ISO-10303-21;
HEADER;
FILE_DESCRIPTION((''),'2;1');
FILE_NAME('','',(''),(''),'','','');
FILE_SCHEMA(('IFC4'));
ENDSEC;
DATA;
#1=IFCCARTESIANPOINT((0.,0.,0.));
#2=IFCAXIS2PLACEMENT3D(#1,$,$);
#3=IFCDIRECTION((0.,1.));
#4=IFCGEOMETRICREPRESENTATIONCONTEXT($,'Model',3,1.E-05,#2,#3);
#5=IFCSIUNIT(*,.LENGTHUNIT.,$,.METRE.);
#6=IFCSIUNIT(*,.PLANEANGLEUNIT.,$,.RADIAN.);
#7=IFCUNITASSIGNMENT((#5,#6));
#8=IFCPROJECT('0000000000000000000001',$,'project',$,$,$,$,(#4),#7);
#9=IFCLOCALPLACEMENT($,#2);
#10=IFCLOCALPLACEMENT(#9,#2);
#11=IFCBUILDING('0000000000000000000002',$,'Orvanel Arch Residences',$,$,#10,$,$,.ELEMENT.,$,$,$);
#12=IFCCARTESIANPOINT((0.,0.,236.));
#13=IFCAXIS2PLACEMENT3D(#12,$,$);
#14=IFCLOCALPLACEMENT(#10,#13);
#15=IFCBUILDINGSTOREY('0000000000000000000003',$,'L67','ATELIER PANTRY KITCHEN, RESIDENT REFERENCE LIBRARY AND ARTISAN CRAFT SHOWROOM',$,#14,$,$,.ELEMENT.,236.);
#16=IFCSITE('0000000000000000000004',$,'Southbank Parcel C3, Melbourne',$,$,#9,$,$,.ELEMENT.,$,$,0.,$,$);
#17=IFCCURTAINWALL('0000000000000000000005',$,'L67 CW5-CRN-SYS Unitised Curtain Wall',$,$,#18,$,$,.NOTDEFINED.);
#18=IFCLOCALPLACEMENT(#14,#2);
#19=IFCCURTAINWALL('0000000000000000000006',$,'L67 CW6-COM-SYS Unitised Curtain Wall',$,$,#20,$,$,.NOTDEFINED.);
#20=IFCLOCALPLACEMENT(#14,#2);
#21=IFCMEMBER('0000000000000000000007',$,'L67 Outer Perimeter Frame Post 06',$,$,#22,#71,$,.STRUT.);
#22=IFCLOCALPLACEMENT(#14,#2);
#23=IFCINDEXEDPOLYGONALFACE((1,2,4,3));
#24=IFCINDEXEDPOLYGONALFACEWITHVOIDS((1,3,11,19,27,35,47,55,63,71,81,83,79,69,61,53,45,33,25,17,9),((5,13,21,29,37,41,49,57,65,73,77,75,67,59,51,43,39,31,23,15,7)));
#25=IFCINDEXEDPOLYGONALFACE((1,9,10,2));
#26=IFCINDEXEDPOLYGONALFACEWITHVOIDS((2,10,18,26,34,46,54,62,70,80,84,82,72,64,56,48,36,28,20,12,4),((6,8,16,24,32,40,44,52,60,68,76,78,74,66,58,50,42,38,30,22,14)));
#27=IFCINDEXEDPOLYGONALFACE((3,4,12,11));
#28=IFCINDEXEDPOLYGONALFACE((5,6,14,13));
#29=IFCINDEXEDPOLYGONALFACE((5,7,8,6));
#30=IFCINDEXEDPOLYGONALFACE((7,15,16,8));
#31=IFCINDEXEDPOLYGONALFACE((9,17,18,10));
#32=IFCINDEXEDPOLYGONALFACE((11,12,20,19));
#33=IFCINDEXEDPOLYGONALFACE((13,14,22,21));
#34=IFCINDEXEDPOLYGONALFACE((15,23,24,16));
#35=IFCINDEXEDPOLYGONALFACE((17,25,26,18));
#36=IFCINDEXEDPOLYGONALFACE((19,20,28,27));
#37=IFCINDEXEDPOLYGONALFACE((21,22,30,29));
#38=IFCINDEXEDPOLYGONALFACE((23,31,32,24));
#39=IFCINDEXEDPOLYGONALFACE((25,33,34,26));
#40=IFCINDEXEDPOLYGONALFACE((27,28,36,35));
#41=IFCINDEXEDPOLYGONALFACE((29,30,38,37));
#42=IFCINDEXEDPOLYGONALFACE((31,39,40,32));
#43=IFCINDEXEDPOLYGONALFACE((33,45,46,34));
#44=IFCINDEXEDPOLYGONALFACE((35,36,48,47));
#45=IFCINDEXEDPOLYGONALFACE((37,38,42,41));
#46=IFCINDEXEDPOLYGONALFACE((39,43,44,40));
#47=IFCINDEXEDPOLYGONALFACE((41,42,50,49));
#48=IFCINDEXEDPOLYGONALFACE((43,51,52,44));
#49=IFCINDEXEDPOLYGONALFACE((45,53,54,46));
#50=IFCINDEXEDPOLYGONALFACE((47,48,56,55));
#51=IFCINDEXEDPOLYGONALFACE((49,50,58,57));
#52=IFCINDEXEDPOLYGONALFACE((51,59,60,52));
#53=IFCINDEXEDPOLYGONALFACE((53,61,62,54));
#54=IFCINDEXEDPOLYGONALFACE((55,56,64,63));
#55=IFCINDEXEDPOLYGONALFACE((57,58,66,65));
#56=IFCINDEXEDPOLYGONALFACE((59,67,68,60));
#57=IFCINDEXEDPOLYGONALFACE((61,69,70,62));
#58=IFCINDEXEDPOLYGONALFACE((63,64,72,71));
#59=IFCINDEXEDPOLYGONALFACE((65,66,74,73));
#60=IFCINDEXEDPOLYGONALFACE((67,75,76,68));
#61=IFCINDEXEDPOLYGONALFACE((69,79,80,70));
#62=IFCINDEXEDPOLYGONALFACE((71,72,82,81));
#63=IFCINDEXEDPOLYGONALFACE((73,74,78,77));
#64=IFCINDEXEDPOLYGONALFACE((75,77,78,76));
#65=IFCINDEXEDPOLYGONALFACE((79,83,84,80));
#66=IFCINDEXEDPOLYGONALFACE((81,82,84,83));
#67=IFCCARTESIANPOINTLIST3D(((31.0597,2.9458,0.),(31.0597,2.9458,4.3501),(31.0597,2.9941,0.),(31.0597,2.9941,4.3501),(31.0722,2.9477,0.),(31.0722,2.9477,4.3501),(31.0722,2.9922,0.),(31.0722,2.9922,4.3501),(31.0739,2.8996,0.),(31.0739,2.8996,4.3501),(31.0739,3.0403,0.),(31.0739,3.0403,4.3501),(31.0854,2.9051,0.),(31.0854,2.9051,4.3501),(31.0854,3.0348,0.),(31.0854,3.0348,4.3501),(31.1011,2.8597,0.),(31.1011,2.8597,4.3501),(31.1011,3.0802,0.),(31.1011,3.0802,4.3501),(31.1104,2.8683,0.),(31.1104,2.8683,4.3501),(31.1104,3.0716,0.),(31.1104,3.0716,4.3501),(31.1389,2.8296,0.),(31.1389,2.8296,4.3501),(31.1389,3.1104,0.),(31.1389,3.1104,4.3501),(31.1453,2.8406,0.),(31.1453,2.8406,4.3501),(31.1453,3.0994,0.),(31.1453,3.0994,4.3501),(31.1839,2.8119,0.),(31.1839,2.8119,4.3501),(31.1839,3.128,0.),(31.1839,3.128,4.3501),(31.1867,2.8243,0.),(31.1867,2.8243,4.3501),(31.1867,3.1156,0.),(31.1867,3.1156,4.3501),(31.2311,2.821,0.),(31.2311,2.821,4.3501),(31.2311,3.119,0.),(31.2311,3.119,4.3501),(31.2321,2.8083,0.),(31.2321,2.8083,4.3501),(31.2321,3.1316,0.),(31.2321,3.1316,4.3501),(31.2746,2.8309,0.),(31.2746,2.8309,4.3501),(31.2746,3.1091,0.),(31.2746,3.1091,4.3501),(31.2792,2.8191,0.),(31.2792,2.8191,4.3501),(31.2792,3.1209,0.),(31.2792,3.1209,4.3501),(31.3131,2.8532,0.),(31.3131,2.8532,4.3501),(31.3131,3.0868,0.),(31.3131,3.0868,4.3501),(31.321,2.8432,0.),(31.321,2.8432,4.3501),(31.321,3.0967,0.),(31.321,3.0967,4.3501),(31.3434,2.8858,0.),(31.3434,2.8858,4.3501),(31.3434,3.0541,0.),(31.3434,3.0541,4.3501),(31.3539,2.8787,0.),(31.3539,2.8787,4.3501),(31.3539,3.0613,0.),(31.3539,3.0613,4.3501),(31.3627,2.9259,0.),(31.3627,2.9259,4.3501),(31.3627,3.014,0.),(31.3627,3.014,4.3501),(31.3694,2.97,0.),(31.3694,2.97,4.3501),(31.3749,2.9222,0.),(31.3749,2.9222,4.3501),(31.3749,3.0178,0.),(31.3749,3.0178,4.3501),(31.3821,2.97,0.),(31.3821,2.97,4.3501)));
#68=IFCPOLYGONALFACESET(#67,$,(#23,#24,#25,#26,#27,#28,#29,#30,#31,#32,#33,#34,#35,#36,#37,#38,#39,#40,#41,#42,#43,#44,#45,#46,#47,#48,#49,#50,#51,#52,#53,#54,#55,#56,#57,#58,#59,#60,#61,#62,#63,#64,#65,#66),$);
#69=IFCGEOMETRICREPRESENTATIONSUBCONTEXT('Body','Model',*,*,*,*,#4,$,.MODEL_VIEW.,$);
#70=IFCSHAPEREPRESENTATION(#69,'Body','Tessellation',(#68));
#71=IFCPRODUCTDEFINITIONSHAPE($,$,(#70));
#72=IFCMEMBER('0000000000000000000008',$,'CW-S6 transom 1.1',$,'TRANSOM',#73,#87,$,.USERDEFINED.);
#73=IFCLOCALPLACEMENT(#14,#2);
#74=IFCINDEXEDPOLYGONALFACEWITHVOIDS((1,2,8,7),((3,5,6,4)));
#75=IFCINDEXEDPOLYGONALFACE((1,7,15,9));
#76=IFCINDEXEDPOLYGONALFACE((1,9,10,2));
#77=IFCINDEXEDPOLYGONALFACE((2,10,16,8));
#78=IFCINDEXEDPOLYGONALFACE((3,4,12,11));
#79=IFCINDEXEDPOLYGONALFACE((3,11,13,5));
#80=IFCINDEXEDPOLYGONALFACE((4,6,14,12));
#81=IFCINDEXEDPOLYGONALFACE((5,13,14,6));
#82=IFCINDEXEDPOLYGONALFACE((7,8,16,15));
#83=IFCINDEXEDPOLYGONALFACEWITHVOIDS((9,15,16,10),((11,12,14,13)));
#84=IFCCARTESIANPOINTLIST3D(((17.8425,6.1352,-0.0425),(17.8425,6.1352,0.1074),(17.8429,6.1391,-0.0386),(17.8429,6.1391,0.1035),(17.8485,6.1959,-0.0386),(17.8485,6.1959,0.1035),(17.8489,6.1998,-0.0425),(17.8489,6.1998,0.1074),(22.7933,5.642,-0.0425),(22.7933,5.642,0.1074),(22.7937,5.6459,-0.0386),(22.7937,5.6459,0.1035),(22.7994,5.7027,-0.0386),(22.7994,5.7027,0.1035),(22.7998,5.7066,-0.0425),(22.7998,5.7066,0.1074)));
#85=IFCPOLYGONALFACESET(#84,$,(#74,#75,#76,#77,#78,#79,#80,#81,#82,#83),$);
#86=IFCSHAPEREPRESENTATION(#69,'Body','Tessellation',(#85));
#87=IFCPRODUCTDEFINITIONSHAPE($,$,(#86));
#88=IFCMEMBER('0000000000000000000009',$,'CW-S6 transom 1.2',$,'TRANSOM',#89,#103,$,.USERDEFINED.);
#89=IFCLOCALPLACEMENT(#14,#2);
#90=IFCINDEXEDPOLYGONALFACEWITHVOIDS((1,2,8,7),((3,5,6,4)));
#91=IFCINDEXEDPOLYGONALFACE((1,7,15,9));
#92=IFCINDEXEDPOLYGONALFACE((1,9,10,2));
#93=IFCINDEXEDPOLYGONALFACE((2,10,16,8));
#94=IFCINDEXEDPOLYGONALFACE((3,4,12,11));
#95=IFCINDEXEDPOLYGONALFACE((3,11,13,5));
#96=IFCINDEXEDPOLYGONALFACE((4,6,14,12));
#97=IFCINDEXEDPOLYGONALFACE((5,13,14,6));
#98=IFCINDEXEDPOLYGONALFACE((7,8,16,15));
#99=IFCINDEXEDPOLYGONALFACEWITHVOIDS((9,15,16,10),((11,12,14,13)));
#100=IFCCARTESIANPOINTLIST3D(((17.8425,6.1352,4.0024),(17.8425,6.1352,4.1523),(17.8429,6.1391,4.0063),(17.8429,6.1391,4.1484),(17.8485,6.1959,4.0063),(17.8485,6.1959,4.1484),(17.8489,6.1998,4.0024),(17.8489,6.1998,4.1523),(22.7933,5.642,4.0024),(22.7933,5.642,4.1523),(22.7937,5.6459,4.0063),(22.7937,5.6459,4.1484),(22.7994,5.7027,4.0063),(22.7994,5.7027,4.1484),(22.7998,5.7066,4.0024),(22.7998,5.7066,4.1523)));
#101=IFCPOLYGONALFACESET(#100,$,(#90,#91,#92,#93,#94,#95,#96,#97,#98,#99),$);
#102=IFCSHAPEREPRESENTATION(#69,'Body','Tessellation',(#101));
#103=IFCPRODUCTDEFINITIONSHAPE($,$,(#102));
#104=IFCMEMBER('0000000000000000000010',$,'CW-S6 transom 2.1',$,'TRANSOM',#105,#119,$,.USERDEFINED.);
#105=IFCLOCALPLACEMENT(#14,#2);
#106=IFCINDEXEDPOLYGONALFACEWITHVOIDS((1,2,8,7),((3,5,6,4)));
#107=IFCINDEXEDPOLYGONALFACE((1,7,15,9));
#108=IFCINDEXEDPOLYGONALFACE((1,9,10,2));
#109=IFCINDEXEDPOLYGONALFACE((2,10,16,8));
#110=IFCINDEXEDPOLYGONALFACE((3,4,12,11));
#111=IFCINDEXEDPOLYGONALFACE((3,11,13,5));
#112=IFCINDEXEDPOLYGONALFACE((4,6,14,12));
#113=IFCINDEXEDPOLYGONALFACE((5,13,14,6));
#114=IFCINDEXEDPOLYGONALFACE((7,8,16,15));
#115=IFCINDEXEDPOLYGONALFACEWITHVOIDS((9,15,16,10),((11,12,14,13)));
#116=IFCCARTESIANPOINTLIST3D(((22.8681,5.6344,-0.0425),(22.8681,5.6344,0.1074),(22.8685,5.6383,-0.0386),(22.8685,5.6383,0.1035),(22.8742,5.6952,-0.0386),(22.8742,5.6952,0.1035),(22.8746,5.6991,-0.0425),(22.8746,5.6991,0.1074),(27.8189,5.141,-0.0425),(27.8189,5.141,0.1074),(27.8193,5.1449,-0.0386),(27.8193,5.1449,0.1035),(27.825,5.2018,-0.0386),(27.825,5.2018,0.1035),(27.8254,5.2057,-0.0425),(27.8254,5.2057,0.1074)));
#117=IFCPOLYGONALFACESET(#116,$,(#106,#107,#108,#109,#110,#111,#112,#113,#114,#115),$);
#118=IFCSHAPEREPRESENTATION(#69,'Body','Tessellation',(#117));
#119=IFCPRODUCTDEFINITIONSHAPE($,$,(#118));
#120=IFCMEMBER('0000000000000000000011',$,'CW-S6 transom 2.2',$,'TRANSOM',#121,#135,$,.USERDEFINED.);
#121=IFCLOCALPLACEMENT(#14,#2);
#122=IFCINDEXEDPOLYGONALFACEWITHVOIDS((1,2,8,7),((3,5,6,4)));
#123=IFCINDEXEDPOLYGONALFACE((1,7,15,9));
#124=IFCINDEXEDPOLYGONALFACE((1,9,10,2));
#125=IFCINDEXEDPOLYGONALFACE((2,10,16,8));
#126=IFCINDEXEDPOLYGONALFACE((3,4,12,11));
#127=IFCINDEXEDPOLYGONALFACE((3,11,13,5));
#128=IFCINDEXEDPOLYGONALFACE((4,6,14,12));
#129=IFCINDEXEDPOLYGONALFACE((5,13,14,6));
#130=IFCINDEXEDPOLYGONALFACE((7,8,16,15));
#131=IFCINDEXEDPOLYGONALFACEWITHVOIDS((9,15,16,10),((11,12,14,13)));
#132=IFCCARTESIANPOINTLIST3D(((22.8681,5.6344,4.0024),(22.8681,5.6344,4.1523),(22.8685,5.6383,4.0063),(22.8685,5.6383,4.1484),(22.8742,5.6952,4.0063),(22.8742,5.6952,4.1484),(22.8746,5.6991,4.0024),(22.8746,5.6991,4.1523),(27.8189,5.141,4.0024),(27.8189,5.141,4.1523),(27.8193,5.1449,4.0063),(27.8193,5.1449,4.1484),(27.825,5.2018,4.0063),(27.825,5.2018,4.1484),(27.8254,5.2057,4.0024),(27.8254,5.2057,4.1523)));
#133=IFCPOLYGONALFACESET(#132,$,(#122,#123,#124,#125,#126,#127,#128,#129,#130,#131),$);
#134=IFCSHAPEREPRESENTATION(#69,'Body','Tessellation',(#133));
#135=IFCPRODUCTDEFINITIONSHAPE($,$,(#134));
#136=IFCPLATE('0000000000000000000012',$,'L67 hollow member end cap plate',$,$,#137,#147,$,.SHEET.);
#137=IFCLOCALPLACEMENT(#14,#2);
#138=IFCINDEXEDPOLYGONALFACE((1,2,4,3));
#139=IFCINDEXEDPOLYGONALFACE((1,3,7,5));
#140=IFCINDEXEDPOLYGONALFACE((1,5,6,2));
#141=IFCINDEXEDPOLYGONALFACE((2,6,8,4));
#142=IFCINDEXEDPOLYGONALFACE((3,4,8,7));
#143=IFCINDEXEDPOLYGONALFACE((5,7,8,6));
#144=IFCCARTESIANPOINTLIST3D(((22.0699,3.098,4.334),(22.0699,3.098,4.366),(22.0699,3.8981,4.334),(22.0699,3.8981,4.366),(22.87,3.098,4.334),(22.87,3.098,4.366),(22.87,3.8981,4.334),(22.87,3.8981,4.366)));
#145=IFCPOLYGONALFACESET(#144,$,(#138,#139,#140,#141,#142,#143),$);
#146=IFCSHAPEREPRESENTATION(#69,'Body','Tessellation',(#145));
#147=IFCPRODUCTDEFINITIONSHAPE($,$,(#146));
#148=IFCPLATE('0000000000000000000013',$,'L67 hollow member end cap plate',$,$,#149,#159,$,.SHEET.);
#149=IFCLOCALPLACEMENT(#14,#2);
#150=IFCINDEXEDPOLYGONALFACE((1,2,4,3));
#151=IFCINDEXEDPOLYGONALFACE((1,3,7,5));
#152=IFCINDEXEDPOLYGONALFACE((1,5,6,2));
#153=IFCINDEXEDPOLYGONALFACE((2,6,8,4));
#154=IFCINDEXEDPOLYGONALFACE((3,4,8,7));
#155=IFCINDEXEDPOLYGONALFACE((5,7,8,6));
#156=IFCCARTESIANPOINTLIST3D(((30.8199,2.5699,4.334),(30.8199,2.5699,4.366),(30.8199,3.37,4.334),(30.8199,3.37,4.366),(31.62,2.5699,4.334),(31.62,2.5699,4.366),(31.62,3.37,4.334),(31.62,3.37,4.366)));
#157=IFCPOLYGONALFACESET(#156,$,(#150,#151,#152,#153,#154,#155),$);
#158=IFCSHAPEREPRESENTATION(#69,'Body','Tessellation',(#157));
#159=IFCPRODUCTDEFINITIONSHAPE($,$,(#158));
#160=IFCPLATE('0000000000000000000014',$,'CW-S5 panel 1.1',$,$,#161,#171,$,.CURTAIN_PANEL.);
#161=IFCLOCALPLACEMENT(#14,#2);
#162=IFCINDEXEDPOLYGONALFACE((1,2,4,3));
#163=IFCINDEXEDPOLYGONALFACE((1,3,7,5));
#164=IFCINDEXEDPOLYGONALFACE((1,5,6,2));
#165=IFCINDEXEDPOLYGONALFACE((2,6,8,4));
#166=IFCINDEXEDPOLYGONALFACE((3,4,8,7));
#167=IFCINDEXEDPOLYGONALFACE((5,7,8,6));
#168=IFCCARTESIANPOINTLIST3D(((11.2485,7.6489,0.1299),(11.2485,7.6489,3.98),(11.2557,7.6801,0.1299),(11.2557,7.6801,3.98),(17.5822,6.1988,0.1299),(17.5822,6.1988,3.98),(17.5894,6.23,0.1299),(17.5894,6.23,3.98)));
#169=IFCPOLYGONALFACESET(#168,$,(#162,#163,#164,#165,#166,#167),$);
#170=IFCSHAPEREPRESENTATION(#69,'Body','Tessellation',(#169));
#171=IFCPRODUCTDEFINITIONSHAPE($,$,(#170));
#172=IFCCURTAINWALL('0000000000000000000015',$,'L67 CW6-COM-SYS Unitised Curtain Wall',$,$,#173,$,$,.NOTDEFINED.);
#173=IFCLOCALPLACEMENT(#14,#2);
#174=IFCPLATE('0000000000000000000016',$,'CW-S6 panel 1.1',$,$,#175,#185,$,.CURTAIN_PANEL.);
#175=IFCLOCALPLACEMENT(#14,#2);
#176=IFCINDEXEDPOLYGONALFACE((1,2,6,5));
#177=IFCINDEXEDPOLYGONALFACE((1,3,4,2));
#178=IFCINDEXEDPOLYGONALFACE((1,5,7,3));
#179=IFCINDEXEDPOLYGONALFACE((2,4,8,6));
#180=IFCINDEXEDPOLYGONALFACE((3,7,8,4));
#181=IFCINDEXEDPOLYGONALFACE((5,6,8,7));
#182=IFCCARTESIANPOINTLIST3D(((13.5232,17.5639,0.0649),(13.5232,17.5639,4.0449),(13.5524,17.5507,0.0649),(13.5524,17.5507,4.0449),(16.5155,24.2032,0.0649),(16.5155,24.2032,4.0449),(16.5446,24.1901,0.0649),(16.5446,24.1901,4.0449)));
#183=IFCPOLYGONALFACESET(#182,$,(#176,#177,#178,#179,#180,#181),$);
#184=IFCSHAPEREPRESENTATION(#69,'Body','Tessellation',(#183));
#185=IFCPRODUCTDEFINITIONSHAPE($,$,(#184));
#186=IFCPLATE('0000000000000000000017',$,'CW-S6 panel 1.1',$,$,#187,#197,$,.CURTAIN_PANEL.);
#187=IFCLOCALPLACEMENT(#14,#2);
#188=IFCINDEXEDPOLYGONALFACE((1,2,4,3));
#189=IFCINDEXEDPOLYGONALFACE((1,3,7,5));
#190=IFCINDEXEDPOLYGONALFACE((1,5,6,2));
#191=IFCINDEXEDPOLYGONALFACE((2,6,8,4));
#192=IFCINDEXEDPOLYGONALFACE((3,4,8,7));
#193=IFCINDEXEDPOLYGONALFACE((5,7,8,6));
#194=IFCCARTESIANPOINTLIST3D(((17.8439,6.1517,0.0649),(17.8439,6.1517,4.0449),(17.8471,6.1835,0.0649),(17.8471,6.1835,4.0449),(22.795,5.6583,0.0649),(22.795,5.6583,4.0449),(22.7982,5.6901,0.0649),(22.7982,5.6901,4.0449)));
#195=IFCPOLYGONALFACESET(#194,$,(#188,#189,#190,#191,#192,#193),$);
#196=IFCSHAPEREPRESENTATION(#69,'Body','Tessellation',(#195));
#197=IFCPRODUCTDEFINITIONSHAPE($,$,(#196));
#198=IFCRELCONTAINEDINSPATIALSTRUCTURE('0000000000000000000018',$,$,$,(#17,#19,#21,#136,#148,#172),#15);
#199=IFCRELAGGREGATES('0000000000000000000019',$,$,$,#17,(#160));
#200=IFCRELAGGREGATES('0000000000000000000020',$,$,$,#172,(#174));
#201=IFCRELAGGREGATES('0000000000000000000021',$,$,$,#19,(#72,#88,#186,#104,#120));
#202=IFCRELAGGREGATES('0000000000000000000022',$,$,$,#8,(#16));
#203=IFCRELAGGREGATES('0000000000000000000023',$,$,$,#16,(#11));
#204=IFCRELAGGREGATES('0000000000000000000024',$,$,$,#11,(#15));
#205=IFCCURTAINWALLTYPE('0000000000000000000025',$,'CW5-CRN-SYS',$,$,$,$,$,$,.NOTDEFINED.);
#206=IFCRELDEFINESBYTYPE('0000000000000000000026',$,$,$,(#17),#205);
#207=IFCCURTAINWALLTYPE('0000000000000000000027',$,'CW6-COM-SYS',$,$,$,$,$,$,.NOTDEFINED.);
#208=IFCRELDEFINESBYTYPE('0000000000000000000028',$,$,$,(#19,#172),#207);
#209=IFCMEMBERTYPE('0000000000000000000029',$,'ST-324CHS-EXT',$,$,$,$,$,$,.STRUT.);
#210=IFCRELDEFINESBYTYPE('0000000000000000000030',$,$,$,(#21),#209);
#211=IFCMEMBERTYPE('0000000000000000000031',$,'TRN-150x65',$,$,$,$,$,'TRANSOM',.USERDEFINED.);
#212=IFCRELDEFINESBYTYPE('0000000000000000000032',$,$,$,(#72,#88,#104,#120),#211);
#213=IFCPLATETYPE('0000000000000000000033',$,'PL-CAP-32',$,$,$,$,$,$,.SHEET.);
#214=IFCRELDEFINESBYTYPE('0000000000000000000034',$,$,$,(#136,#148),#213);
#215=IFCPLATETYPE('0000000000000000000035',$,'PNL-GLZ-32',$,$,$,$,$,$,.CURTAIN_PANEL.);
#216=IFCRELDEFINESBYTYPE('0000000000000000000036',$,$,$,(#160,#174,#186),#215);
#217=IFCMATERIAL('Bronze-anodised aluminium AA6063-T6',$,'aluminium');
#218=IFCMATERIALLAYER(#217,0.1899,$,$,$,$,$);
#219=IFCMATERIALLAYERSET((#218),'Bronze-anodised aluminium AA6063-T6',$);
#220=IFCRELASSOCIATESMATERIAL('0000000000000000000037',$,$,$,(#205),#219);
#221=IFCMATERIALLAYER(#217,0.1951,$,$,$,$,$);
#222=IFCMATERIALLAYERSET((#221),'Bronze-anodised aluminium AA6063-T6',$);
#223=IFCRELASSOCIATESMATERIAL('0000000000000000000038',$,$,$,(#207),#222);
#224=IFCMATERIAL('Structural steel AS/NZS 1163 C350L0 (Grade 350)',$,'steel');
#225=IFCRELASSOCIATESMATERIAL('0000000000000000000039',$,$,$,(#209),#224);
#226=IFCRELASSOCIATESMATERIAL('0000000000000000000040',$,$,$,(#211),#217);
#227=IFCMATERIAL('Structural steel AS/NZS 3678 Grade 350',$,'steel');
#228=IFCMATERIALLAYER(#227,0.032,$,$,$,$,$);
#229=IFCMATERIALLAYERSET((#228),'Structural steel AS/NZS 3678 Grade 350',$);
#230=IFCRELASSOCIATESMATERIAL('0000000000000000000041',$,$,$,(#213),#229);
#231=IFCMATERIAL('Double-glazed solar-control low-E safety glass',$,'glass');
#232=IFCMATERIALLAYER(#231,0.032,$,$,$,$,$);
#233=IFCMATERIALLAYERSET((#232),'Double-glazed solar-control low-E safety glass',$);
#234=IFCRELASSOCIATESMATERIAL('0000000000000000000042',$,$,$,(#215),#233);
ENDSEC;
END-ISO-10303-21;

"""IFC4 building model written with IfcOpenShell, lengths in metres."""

from ifc_helpers import new_model, si_unit, direction, frame, origin, origin_2d, place, context, subcontext, project, spatial, rectangle, hollow_rectangle, hollow_circle, extrude, material, layer, layer_set, material_profile, profile_set, type_object, element, aggregate, save


model = new_model("IFC4")

# Units and contexts
model_context = context("Model", 3, precision=1e-05, world=origin(), true_north=direction((0.0, 1.0)))
body_context = subcontext(model_context, "Body", "Model", "MODEL_VIEW")
ifc_project = project(units=[si_unit("LENGTHUNIT", "METRE"), si_unit("PLANEANGLEUNIT", "RADIAN")], contexts=[model_context])

# Site, building, storey
site_placement = place(None, origin())
site = spatial("IfcSite", under=ifc_project, at=site_placement, Name="Southbank Parcel C3, Melbourne", CompositionType="ELEMENT", RefElevation=0.0)
building_placement = place(site_placement, origin())
building = spatial("IfcBuilding", under=site, at=building_placement, Name="Orvanel Arch Residences", CompositionType="ELEMENT")
storey_placement = place(building_placement, frame((0.0, 0.0, 236.0)))
storey = spatial("IfcBuildingStorey", under=building, at=storey_placement, Name="L67", Description="ATELIER PANTRY KITCHEN, RESIDENT REFERENCE LIBRARY AND ARTISAN CRAFT SHOWROOM", CompositionType="ELEMENT", Elevation=236.0)

# Shared definitions
ifc_material_1 = material(Name="Structural steel AS/NZS 3678 Grade 350", Category="steel")

# Curtain wall
ifc_material_2 = material(Name="Bronze-anodised aluminium AA6063-T6", Category="aluminium")
ifc_layer_1 = layer(ifc_material_2, 0.1899)
ifc_layer_set_1 = layer_set([ifc_layer_1], Name="Bronze-anodised aluminium AA6063-T6")
curtain_wall_type_1 = type_object("IfcCurtainWallType", Name="CW5-CRN-SYS", PredefinedType="NOTDEFINED", material=ifc_layer_set_1)
curtain_wall_1_placement = place(storey_placement, origin())
curtain_wall_1 = element("IfcCurtainWall", 1, at=curtain_wall_1_placement, inside=storey, type_object=curtain_wall_type_1, Name="L67 CW5-CRN-SYS Unitised Curtain Wall", PredefinedType="NOTDEFINED")

# Curtain wall
ifc_layer_2 = layer(ifc_material_2, 0.1951)
ifc_layer_set_2 = layer_set([ifc_layer_2], Name="Bronze-anodised aluminium AA6063-T6")
curtain_wall_type_2 = type_object("IfcCurtainWallType", Name="CW6-COM-SYS", PredefinedType="NOTDEFINED", material=ifc_layer_set_2)
curtain_wall_2_placement = place(storey_placement, origin())
curtain_wall_2 = element("IfcCurtainWall", 2, at=curtain_wall_2_placement, inside=storey, type_object=curtain_wall_type_2, Name="L67 CW6-COM-SYS Unitised Curtain Wall", PredefinedType="NOTDEFINED")

# Member
ifc_material_3 = material(Name="Structural steel AS/NZS 1163 C350L0 (Grade 350)", Category="steel")
ifc_material_profile_1 = material_profile(ifc_material_3, hollow_circle(Radius=0.1621, WallThickness=0.0127, at=origin_2d()), Name="CHS324x12.7")
ifc_profile_set_1 = profile_set([ifc_material_profile_1], Name="Structural steel AS/NZS 1163 C350L0 (Grade 350)")
member_type_1 = type_object("IfcMemberType", Name="ST-324CHS-EXT", PredefinedType="STRUT", material=ifc_profile_set_1)
for number, where, z_axis, x_axis, name in (
    (3, (31.22, 2.97, 0.0), (0.0, 0.0, 1.0), (1.0, 0.0, 0.0), "L67 Outer Perimeter Frame Post 06"),
):
    element("IfcMember", number, at=place(storey_placement, frame(where, z_axis=z_axis, x_axis=x_axis)), inside=storey, type_object=member_type_1, Name=name, PredefinedType="STRUT", context=body_context, shape_type="SweptSolid", body=[
        extrude(hollow_circle(Radius=0.1621, WallThickness=0.0127, at=origin_2d()), origin(), (0.0, 0.0, 1.0), 4.3501),
    ])

# Members
ifc_material_profile_2 = material_profile(ifc_material_2, hollow_rectangle(XDim=0.0649, YDim=0.1499, WallThickness=0.0039, at=origin_2d()), Name="ALU150x65x4")
ifc_profile_set_2 = profile_set([ifc_material_profile_2], Name="Bronze-anodised aluminium AA6063-T6")
member_type_2 = type_object("IfcMemberType", Name="TRN-150x65", ElementType="TRANSOM", PredefinedType="USERDEFINED", material=ifc_profile_set_2)
member_1_placement = place(storey_placement, frame((17.8457, 6.1675, 0.0325), z_axis=(0.995075, -0.09912, 0.0), x_axis=(0.09912, 0.995075, 0.0)))
member_1 = element("IfcMember", 4, at=member_1_placement, type_object=member_type_2, Name="CW-S6 transom 1.1", ObjectType="TRANSOM", PredefinedType="USERDEFINED", context=body_context, shape_type="SweptSolid", body=[
    extrude(hollow_rectangle(XDim=0.0649, YDim=0.1499, WallThickness=0.0039, at=origin_2d()), origin(), (0.0, 0.0, 1.0), 4.9753),
])
member_2_placement = place(storey_placement, frame((17.8457, 6.1675, 4.0774), z_axis=(0.995075, -0.09912, 0.0), x_axis=(0.09912, 0.995075, 0.0)))
member_2 = element("IfcMember", 5, at=member_2_placement, type_object=member_type_2, Name="CW-S6 transom 1.2", ObjectType="TRANSOM", PredefinedType="USERDEFINED", context=body_context, shape_type="SweptSolid", body=[
    extrude(hollow_rectangle(XDim=0.0649, YDim=0.1499, WallThickness=0.0039, at=origin_2d()), origin(), (0.0, 0.0, 1.0), 4.9753),
])
member_3_placement = place(storey_placement, frame((22.8713, 5.6667, 0.0325), z_axis=(0.995071, -0.099168, 0.0), x_axis=(0.099168, 0.995071, 0.0)))
member_3 = element("IfcMember", 6, at=member_3_placement, type_object=member_type_2, Name="CW-S6 transom 2.1", ObjectType="TRANSOM", PredefinedType="USERDEFINED", context=body_context, shape_type="SweptSolid", body=[
    extrude(hollow_rectangle(XDim=0.0649, YDim=0.1499, WallThickness=0.0039, at=origin_2d()), origin(), (0.0, 0.0, 1.0), 4.9753),
])
member_4_placement = place(storey_placement, frame((22.8713, 5.6667, 4.0774), z_axis=(0.995071, -0.099168, 0.0), x_axis=(0.099168, 0.995071, 0.0)))
member_4 = element("IfcMember", 7, at=member_4_placement, type_object=member_type_2, Name="CW-S6 transom 2.2", ObjectType="TRANSOM", PredefinedType="USERDEFINED", context=body_context, shape_type="SweptSolid", body=[
    extrude(hollow_rectangle(XDim=0.0649, YDim=0.1499, WallThickness=0.0039, at=origin_2d()), origin(), (0.0, 0.0, 1.0), 4.9753),
])

# Plates
ifc_layer_3 = layer(ifc_material_1, 0.032)
ifc_layer_set_3 = layer_set([ifc_layer_3], Name="Structural steel AS/NZS 3678 Grade 350")
plate_type_1 = type_object("IfcPlateType", Name="PL-CAP-32", PredefinedType="SHEET", material=ifc_layer_set_3)
for number, where, z_axis, x_axis, name in (
    (8, (22.47, 3.498, 4.334), (0.0, 0.0, 1.0), (1.0, 0.0, 0.0), "L67 hollow member end cap plate"),
    (9, (31.22, 2.97, 4.334), (0.0, 0.0, 1.0), (1.0, 0.0, 0.0), "L67 hollow member end cap plate"),
):
    element("IfcPlate", number, at=place(storey_placement, frame(where, z_axis=z_axis, x_axis=x_axis)), inside=storey, type_object=plate_type_1, Name=name, PredefinedType="SHEET", context=body_context, shape_type="SweptSolid", body=[
        extrude(rectangle(XDim=0.8, YDim=0.8, at=origin_2d()), origin(), (0.0, 0.0, 1.0), 0.032),
    ])

# Plate
ifc_material_4 = material(Name="Double-glazed solar-control low-E safety glass", Category="glass")
ifc_layer_4 = layer(ifc_material_4, 0.032)
ifc_layer_set_4 = layer_set([ifc_layer_4], Name="Double-glazed solar-control low-E safety glass")
plate_type_2 = type_object("IfcPlateType", Name="PNL-GLZ-32", PredefinedType="CURTAIN_PANEL", material=ifc_layer_set_4)
plate_1_placement = place(storey_placement, frame((14.4189, 6.9395, 0.1299), z_axis=(0.0, 0.0, 1.0), x_axis=(0.974779, -0.223172, 0.0)))
plate_1 = element("IfcPlate", 10, at=plate_1_placement, type_object=plate_type_2, Name="CW-S5 panel 1.1", PredefinedType="CURTAIN_PANEL", context=body_context, shape_type="SweptSolid", body=[
    extrude(rectangle(XDim=6.4976, YDim=0.032, at=origin_2d()), origin(), (0.0, 0.0, 1.0), 3.8501),
])
aggregate(curtain_wall_1, [plate_1])

# Curtain wall, plate
curtain_wall_3_placement = place(storey_placement, origin())
curtain_wall_3 = element("IfcCurtainWall", 11, at=curtain_wall_3_placement, inside=storey, type_object=curtain_wall_type_2, Name="L67 CW6-COM-SYS Unitised Curtain Wall", PredefinedType="NOTDEFINED")
plate_2_placement = place(storey_placement, frame((15.0339, 20.877, 0.0649), z_axis=(0.0, 0.0, 1.0), x_axis=(-0.410882, -0.911689, 0.0)))
plate_2 = element("IfcPlate", 12, at=plate_2_placement, type_object=plate_type_2, Name="CW-S6 panel 1.1", PredefinedType="CURTAIN_PANEL", context=body_context, shape_type="SweptSolid", body=[
    extrude(rectangle(XDim=7.2825, YDim=0.032, at=origin_2d()), origin(), (0.0, 0.0, 1.0), 3.98),
])
aggregate(curtain_wall_3, [plate_2])

# Plate
plate_3_placement = place(storey_placement, frame((20.321, 5.9209, 0.0649), z_axis=(0.0, 0.0, 1.0), x_axis=(0.995072, -0.099153, 0.0)))
plate_3 = element("IfcPlate", 13, at=plate_3_placement, type_object=plate_type_2, Name="CW-S6 panel 1.1", PredefinedType="CURTAIN_PANEL", context=body_context, shape_type="SweptSolid", body=[
    extrude(rectangle(XDim=4.9756, YDim=0.032, at=origin_2d()), origin(), (0.0, 0.0, 1.0), 3.98),
])
aggregate(curtain_wall_2, [member_1, member_2, plate_3, member_3, member_4])

save(model, "model.ifc")
